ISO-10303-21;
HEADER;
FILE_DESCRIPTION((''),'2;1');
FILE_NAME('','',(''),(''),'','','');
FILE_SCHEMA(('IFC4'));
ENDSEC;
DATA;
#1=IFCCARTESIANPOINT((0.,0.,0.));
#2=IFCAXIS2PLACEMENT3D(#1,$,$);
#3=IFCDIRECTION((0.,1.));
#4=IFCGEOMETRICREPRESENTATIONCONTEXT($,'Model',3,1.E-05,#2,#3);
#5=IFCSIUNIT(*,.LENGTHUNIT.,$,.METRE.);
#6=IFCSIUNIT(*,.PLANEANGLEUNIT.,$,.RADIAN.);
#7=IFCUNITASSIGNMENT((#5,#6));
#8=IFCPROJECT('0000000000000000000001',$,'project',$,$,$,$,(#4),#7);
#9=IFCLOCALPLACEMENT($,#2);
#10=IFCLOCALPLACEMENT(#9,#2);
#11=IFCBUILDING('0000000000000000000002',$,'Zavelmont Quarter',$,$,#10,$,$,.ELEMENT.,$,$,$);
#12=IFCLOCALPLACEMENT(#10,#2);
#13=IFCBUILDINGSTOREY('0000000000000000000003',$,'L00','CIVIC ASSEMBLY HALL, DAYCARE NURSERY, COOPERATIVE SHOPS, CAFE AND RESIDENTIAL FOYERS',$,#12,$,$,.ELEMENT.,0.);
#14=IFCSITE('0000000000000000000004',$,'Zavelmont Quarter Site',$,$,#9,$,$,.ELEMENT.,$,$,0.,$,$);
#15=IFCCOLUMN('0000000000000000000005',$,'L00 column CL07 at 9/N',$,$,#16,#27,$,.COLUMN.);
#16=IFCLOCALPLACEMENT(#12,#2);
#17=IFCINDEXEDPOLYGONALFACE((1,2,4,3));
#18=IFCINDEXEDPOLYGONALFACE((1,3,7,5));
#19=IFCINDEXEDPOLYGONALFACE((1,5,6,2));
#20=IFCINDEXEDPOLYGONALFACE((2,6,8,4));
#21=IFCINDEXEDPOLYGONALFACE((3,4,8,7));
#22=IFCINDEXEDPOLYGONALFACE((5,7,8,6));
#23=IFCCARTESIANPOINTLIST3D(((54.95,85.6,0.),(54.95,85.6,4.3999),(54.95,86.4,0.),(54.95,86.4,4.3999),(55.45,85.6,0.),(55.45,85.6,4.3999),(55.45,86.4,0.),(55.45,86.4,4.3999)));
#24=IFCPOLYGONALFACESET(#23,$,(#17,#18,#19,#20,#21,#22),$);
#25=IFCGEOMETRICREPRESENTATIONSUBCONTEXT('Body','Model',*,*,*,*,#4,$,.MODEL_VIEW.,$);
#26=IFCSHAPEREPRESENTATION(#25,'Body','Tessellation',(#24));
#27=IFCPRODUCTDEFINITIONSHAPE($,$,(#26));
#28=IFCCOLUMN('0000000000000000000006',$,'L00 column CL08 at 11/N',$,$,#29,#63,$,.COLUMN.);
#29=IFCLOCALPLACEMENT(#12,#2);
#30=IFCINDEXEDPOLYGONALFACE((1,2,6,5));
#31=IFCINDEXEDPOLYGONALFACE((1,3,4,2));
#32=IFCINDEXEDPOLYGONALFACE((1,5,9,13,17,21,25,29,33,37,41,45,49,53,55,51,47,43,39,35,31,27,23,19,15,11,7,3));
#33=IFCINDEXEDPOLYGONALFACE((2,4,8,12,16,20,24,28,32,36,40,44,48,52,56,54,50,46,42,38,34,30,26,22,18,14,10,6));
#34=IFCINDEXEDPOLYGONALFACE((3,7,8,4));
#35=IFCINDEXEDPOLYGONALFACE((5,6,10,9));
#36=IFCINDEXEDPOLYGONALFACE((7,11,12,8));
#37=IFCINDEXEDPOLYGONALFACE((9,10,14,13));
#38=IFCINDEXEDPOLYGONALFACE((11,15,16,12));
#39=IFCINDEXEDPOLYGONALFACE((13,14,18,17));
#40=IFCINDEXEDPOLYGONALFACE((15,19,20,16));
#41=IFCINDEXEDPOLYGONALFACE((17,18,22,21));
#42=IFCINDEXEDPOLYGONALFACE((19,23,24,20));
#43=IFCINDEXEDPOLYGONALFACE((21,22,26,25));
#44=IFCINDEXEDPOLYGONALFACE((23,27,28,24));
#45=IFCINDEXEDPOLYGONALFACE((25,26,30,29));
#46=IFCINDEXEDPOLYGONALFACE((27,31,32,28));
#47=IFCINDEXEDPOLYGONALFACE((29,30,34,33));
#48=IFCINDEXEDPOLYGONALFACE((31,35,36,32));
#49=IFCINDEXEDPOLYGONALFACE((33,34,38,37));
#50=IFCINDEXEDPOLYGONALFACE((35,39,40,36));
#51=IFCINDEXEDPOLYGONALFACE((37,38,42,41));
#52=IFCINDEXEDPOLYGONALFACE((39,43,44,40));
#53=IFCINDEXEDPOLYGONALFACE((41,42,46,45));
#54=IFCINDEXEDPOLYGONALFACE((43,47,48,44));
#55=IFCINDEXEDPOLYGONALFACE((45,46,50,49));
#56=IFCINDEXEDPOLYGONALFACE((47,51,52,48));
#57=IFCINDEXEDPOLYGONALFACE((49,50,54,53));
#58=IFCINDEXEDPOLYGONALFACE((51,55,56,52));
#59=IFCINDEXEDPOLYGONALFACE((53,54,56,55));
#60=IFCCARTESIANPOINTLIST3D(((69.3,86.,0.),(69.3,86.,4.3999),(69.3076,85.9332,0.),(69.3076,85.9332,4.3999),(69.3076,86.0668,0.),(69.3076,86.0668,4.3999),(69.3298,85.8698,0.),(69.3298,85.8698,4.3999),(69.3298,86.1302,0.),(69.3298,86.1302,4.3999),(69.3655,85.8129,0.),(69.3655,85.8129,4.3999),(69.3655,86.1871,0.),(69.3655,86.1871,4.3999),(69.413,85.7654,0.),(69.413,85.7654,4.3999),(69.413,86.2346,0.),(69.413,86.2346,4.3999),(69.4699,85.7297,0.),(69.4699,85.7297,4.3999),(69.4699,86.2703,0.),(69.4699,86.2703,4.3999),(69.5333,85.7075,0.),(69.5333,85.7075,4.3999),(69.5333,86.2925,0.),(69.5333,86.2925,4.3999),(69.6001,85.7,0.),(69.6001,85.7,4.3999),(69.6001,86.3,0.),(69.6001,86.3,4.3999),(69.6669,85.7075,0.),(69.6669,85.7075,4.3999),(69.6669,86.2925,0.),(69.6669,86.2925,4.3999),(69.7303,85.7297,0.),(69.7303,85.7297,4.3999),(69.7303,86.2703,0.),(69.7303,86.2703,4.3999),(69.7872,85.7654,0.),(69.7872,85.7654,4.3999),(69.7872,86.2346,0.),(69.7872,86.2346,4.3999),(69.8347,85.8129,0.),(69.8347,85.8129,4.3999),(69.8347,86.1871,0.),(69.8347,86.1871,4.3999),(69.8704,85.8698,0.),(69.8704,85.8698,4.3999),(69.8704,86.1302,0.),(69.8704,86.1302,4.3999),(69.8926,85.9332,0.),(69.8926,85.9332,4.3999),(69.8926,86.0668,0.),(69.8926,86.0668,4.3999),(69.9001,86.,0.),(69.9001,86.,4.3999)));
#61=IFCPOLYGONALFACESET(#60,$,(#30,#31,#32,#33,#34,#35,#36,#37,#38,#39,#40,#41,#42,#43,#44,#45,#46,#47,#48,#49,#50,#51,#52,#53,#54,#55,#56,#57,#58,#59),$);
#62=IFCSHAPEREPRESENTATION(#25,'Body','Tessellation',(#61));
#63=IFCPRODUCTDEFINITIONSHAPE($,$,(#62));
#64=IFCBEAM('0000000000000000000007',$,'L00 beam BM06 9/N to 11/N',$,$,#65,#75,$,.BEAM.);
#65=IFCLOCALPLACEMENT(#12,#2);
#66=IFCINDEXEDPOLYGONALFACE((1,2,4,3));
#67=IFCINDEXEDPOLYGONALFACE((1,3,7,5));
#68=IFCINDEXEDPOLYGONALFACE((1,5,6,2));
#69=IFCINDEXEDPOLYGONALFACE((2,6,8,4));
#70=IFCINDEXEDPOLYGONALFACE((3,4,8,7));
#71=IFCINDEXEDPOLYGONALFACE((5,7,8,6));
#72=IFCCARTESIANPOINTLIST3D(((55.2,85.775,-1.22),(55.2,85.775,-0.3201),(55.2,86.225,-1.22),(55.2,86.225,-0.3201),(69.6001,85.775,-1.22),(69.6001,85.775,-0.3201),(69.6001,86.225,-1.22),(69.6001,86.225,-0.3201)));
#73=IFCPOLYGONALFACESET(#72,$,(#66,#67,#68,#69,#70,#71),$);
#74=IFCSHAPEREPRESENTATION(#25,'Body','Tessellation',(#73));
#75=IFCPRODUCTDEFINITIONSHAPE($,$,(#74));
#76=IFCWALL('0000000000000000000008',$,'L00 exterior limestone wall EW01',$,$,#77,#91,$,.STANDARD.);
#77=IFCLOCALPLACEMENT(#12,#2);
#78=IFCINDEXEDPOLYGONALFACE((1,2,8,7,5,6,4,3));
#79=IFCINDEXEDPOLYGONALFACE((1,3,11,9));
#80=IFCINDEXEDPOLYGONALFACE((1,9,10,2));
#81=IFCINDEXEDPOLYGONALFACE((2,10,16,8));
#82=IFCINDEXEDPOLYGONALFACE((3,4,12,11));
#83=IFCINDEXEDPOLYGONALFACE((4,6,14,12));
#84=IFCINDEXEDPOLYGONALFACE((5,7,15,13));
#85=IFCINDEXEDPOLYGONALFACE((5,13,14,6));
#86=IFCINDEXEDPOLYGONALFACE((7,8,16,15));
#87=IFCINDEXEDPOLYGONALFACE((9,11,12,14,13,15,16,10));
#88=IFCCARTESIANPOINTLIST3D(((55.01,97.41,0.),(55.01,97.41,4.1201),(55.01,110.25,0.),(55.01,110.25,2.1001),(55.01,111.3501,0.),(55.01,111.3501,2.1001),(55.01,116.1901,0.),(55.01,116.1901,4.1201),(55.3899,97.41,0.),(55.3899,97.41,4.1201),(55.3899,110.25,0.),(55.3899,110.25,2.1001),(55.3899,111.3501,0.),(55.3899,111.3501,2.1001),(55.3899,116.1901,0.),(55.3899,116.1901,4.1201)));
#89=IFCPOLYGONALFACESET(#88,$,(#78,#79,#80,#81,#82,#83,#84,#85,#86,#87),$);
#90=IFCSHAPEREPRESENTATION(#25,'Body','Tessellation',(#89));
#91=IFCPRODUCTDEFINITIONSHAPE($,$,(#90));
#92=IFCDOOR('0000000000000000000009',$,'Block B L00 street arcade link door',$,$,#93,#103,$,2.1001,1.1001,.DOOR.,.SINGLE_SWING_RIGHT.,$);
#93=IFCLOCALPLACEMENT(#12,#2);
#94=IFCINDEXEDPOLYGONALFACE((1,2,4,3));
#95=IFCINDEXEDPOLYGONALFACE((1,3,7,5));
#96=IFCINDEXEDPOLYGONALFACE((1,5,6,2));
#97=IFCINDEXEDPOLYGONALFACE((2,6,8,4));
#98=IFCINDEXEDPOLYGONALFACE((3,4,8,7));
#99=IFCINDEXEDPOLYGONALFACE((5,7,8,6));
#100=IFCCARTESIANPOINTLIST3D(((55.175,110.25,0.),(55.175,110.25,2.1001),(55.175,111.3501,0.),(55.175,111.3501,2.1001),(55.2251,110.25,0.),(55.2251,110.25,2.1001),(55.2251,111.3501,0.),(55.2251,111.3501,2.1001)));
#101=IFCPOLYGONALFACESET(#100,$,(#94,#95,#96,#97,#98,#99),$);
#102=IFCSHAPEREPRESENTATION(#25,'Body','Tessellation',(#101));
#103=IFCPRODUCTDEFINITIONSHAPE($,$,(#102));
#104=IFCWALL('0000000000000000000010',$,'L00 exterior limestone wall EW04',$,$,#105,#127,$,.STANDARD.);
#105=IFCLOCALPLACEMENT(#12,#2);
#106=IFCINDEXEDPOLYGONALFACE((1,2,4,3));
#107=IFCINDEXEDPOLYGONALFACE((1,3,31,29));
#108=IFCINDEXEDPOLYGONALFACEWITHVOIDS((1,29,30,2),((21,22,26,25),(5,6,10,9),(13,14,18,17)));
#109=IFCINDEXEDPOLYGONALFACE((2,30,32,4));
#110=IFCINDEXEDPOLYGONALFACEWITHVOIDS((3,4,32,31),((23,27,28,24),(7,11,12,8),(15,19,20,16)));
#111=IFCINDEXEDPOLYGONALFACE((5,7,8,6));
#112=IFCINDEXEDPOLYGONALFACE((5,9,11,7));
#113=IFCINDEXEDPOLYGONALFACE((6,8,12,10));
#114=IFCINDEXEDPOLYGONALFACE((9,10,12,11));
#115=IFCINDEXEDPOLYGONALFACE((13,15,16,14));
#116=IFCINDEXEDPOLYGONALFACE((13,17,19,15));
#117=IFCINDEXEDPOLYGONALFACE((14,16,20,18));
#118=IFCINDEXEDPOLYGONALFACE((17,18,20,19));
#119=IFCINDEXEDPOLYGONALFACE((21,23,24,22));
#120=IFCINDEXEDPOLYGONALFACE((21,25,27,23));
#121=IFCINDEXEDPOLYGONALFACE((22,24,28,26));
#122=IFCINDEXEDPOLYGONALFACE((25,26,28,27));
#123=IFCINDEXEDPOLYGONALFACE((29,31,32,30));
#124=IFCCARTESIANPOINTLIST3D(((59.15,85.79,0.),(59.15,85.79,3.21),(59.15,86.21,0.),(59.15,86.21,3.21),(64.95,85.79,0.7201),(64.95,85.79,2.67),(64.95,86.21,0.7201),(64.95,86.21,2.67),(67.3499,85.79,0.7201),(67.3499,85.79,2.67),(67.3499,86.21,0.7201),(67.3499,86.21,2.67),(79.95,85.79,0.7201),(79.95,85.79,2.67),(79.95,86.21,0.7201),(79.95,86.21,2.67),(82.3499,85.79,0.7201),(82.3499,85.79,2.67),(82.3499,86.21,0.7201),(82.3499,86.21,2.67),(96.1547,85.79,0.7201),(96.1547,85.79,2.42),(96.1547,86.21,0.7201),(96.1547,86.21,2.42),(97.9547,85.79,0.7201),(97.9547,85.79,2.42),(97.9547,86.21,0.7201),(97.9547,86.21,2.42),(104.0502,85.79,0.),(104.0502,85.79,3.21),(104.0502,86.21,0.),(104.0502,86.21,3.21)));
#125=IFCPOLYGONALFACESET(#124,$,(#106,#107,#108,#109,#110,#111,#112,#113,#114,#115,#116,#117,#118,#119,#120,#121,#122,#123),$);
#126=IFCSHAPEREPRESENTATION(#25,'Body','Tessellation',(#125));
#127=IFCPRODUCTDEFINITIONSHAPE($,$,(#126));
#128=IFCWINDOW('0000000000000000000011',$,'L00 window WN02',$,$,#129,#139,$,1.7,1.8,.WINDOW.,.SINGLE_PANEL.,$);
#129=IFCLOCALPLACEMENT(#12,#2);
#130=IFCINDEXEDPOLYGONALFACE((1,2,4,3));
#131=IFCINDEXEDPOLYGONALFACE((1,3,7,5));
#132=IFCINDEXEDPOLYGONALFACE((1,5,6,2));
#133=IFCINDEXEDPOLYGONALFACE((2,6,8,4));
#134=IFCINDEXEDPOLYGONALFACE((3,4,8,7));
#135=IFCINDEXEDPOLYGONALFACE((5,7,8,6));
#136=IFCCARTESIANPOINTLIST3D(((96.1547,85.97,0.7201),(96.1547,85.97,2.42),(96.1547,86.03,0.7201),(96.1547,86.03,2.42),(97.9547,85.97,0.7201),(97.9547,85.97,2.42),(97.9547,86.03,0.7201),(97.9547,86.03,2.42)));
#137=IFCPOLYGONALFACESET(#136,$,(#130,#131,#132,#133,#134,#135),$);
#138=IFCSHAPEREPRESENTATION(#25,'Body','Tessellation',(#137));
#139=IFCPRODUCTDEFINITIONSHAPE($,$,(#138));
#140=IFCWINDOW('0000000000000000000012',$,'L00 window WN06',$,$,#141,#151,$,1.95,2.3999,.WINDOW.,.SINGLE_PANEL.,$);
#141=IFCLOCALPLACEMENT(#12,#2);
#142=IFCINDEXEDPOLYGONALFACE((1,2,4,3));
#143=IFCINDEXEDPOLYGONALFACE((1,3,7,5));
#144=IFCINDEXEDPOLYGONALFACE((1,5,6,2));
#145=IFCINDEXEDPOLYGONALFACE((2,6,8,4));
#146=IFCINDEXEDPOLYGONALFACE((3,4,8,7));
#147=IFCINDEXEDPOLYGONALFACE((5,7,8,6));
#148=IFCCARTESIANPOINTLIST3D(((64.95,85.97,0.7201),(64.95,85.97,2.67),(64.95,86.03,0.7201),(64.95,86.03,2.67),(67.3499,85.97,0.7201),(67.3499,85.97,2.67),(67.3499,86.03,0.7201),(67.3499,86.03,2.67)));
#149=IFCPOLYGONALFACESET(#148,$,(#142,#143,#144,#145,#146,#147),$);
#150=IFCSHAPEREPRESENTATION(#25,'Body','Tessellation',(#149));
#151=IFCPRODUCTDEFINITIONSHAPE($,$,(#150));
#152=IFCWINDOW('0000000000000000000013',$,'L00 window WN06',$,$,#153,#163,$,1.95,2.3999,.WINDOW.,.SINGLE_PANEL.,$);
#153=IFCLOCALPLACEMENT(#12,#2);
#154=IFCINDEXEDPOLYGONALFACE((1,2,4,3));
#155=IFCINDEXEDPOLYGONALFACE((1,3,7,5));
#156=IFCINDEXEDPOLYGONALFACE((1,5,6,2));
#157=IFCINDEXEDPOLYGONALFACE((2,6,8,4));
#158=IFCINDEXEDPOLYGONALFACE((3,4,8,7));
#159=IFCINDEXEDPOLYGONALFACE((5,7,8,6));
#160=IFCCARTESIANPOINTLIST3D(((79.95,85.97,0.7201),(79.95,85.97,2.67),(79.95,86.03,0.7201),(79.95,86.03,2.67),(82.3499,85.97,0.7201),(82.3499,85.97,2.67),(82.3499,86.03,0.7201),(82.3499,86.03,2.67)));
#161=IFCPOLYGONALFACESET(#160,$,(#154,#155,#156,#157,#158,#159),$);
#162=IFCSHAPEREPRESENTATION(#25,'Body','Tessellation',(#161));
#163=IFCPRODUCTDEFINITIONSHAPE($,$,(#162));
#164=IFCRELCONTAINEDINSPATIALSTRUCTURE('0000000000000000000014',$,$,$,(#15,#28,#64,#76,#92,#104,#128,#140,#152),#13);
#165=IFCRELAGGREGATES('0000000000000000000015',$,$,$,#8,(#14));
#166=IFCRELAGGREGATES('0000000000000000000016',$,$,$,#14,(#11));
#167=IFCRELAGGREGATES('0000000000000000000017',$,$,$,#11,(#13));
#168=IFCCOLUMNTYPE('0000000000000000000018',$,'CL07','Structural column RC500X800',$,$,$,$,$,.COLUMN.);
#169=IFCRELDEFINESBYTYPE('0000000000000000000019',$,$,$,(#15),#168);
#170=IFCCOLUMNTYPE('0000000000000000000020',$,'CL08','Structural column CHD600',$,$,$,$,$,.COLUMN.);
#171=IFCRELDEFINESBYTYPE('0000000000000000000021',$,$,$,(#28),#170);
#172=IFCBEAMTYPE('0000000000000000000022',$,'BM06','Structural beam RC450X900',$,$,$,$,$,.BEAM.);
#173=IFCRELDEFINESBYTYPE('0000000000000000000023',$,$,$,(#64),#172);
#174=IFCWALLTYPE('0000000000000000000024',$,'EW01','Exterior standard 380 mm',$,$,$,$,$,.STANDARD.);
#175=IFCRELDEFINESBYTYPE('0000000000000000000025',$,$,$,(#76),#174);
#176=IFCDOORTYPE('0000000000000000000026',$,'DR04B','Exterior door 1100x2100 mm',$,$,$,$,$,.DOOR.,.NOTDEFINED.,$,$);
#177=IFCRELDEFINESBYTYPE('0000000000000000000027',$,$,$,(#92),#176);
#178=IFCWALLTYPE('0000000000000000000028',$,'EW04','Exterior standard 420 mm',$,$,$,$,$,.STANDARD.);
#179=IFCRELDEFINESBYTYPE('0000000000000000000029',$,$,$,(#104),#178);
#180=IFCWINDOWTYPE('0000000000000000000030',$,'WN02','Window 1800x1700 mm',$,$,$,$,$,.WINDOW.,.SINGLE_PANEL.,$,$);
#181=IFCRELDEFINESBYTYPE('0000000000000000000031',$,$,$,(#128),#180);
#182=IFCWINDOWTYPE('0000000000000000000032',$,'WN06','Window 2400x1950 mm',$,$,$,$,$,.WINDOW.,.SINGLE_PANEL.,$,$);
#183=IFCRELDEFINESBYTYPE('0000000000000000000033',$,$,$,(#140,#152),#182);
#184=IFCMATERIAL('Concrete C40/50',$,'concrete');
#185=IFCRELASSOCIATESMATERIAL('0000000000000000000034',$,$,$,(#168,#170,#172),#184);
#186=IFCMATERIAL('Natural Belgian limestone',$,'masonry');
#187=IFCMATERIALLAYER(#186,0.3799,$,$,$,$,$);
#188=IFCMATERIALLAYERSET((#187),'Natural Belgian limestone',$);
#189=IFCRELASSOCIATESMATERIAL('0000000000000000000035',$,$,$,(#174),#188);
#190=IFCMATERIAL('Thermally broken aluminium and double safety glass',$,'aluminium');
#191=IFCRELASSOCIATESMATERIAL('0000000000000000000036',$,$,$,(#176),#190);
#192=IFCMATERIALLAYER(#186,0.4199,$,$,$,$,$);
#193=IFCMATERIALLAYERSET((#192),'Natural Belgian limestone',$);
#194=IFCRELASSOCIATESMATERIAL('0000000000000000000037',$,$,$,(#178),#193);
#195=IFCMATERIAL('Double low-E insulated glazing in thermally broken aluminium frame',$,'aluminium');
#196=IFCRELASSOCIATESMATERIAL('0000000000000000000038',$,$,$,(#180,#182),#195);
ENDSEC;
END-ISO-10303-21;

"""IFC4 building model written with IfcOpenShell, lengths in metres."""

from ifc_helpers import new_model, si_unit, direction, frame, frame_2d, origin, origin_with_axes, origin_2d, place, context, subcontext, project, spatial, rectangle, circle, extrude, material, layer, layer_set, material_profile, profile_set, type_object, element, fill, save


model = new_model("IFC4")

# Units and contexts
model_context = context("Model", 3, precision=1e-05, world=origin(), true_north=direction((0.0, 1.0)))
body_context = subcontext(model_context, "Body", "Model", "MODEL_VIEW")
ifc_project = project(units=[si_unit("LENGTHUNIT", "METRE"), si_unit("PLANEANGLEUNIT", "RADIAN")], contexts=[model_context])

# Site, building, storey
site_placement = place(None, origin())
site = spatial("IfcSite", under=ifc_project, at=site_placement, Name="Zavelmont Quarter Site", CompositionType="ELEMENT", RefElevation=0.0)
building_placement = place(site_placement, origin())
building = spatial("IfcBuilding", under=site, at=building_placement, Name="Zavelmont Quarter", CompositionType="ELEMENT")
storey_placement = place(building_placement, origin())
storey = spatial("IfcBuildingStorey", under=building, at=storey_placement, Name="L00", Description="CIVIC ASSEMBLY HALL, DAYCARE NURSERY, COOPERATIVE SHOPS, CAFE AND RESIDENTIAL FOYERS", CompositionType="ELEMENT", Elevation=0.0)

# Columns
ifc_material_1 = material(Name="Concrete C40/50", Category="concrete")
ifc_material_profile_1 = material_profile(ifc_material_1, rectangle(XDim=0.5, YDim=0.8, at=origin_2d()), Name="RC500X800")
ifc_profile_set_1 = profile_set([ifc_material_profile_1], Name="Concrete C40/50")
column_type_1 = type_object("IfcColumnType", Name="CL07", Description="Structural column RC500X800", PredefinedType="COLUMN", material=ifc_profile_set_1)
column_1_placement = place(storey_placement, frame((55.2, 86.0, 0.0), z_axis=(0.0, 0.0, 1.0), x_axis=(1.0, 0.0, 0.0)))
element("IfcColumn", 1, at=column_1_placement, inside=storey, type_object=column_type_1, Name="L00 column CL07 at 9/N", PredefinedType="COLUMN", context=body_context, shape_type="SweptSolid", body=[
    extrude(rectangle(XDim=0.5, YDim=0.8, at=origin_2d()), origin(), (0.0, 0.0, 1.0), 4.3999),
])
ifc_material_profile_2 = material_profile(ifc_material_1, circle(Radius=0.3, at=origin_2d()), Name="CHD600")
ifc_profile_set_2 = profile_set([ifc_material_profile_2], Name="Concrete C40/50")
column_type_2 = type_object("IfcColumnType", Name="CL08", Description="Structural column CHD600", PredefinedType="COLUMN", material=ifc_profile_set_2)
column_2_placement = place(storey_placement, frame((69.6001, 86.0, 0.0), z_axis=(0.0, 0.0, 1.0), x_axis=(1.0, 0.0, 0.0)))
element("IfcColumn", 2, at=column_2_placement, inside=storey, type_object=column_type_2, Name="L00 column CL08 at 11/N", PredefinedType="COLUMN", context=body_context, shape_type="SweptSolid", body=[
    extrude(circle(Radius=0.3, at=origin_2d()), origin(), (0.0, 0.0, 1.0), 4.3999),
])

# Beam
ifc_material_profile_3 = material_profile(ifc_material_1, rectangle(XDim=0.45, YDim=0.8999, at=origin_2d()), Name="RC450X900")
ifc_profile_set_3 = profile_set([ifc_material_profile_3], Name="Concrete C40/50")
beam_type = type_object("IfcBeamType", Name="BM06", Description="Structural beam RC450X900", PredefinedType="BEAM", material=ifc_profile_set_3)
beam_placement = place(storey_placement, frame((55.2, 86.0, -0.77), z_axis=(1.0, 0.0, 0.0), x_axis=(0.0, 1.0, 0.0)))
element("IfcBeam", 3, at=beam_placement, inside=storey, type_object=beam_type, Name="L00 beam BM06 9/N to 11/N", PredefinedType="BEAM", context=body_context, shape_type="SweptSolid", body=[
    extrude(rectangle(XDim=0.45, YDim=0.8999, at=origin_2d()), origin(), (0.0, 0.0, 1.0), 14.4001),
])

# Wall, opening, door
ifc_material_2 = material(Name="Natural Belgian limestone", Category="masonry")
ifc_layer_1 = layer(ifc_material_2, 0.3799)
ifc_layer_set_1 = layer_set([ifc_layer_1], Name="Natural Belgian limestone")
wall_type_1 = type_object("IfcWallType", Name="EW01", Description="Exterior standard 380 mm", PredefinedType="STANDARD", material=ifc_layer_set_1)
wall_1_placement = place(storey_placement, frame((55.2, 97.4099, 0.0), z_axis=(0.0, 0.0, 1.0), x_axis=(0.0, 1.0, 0.0)))
wall_1 = element("IfcWall", 4, at=wall_1_placement, inside=storey, type_object=wall_type_1, Name="L00 exterior limestone wall EW01", PredefinedType="STANDARD", context=body_context, shape_type="SweptSolid", body=[
    extrude(rectangle(XDim=18.78, YDim=0.3799, at=frame_2d((9.3901, 0.0))), origin(), (0.0, 0.0, 1.0), 4.1201),
])
opening_1_placement = place(wall_1_placement, frame((12.8401, 0.0, 0.0)))
opening_1 = element("IfcOpeningElement", 5, at=opening_1_placement, cuts=wall_1, PredefinedType="OPENING", context=body_context, shape_type="SweptSolid", body=[
    extrude(rectangle(XDim=1.1001, YDim=2.1001, at=frame_2d((0.55, 1.05))), frame((0.0, 0.2019, 0.0), z_axis=(0.0, -1.0, 0.0), x_axis=(1.0, 0.0, 0.0)), (0.0, 0.0, 1.0), 0.4038),
])
ifc_material_3 = material(Name="Thermally broken aluminium and double safety glass", Category="aluminium")
door_type_1 = type_object("IfcDoorType", Name="DR04B", Description="Exterior door 1100x2100 mm", OperationType="NOTDEFINED", PredefinedType="DOOR", material=ifc_material_3)
door_1_placement = place(opening_1_placement, origin_with_axes())
door_1 = element("IfcDoor", 6, at=door_1_placement, inside=storey, type_object=door_type_1, Name="Block B L00 street arcade link door", OperationType="SINGLE_SWING_RIGHT", OverallHeight=2.1001, OverallWidth=1.1001, PredefinedType="DOOR", context=body_context, shape_type="SweptSolid", body=[
    extrude(rectangle(XDim=1.1001, YDim=2.1001, at=frame_2d((0.55, 1.05))), frame((0.0, 0.0249, 0.0), z_axis=(0.0, -1.0, 0.0), x_axis=(1.0, 0.0, 0.0)), (0.0, 0.0, 1.0), 0.05),
])
fill(opening_1, door_1)

# Wall, openings, windows
ifc_layer_2 = layer(ifc_material_2, 0.4199)
ifc_layer_set_2 = layer_set([ifc_layer_2], Name="Natural Belgian limestone")
wall_type_2 = type_object("IfcWallType", Name="EW04", Description="Exterior standard 420 mm", PredefinedType="STANDARD", material=ifc_layer_set_2)
wall_2_placement = place(storey_placement, frame((59.1499, 86.0, 0.0), z_axis=(0.0, 0.0, 1.0), x_axis=(1.0, 0.0, 0.0)))
wall_2 = element("IfcWall", 7, at=wall_2_placement, inside=storey, type_object=wall_type_2, Name="L00 exterior limestone wall EW04", PredefinedType="STANDARD", context=body_context, shape_type="SweptSolid", body=[
    extrude(rectangle(XDim=44.9001, YDim=0.4199, at=frame_2d((22.4502, 0.0))), origin(), (0.0, 0.0, 1.0), 3.21),
])
opening_2_placement = place(wall_2_placement, frame((5.8, 0.0, 0.72)))
opening_2 = element("IfcOpeningElement", 8, at=opening_2_placement, cuts=wall_2, PredefinedType="OPENING", context=body_context, shape_type="SweptSolid", body=[
    extrude(rectangle(XDim=2.3999, YDim=1.95, at=frame_2d((1.2, 0.9751))), frame((0.0, 0.2219, 0.0), z_axis=(0.0, -1.0, 0.0), x_axis=(1.0, 0.0, 0.0)), (0.0, 0.0, 1.0), 0.4438),
])
opening_3_placement = place(wall_2_placement, frame((20.8, 0.0, 0.72)))
opening_3 = element("IfcOpeningElement", 9, at=opening_3_placement, cuts=wall_2, PredefinedType="OPENING", context=body_context, shape_type="SweptSolid", body=[
    extrude(rectangle(XDim=2.3999, YDim=1.95, at=frame_2d((1.2, 0.9751))), frame((0.0, 0.2219, 0.0), z_axis=(0.0, -1.0, 0.0), x_axis=(1.0, 0.0, 0.0)), (0.0, 0.0, 1.0), 0.4438),
])
opening_4_placement = place(wall_2_placement, frame((37.0049, 0.0, 0.72)))
opening_4 = element("IfcOpeningElement", 10, at=opening_4_placement, cuts=wall_2, PredefinedType="OPENING", context=body_context, shape_type="SweptSolid", body=[
    extrude(rectangle(XDim=1.8, YDim=1.7, at=frame_2d((0.8999, 0.8501))), frame((0.0, 0.2219, 0.0), z_axis=(0.0, -1.0, 0.0), x_axis=(1.0, 0.0, 0.0)), (0.0, 0.0, 1.0), 0.4438),
])
ifc_material_4 = material(Name="Double low-E insulated glazing in thermally broken aluminium frame", Category="aluminium")
window_type_1 = type_object("IfcWindowType", Name="WN02", Description="Window 1800x1700 mm", PartitioningType="SINGLE_PANEL", PredefinedType="WINDOW", material=ifc_material_4)
window_1_placement = place(opening_4_placement, origin_with_axes())
window_1 = element("IfcWindow", 11, at=window_1_placement, inside=storey, type_object=window_type_1, Name="L00 window WN02", OverallHeight=1.7, OverallWidth=1.8, PartitioningType="SINGLE_PANEL", PredefinedType="WINDOW", context=body_context, shape_type="SweptSolid", body=[
    extrude(rectangle(XDim=1.8, YDim=1.7, at=frame_2d((0.8999, 0.8501))), frame((0.0, 0.03, 0.0), z_axis=(0.0, -1.0, 0.0), x_axis=(1.0, 0.0, 0.0)), (0.0, 0.0, 1.0), 0.0601),
])
fill(opening_4, window_1)
window_type_2 = type_object("IfcWindowType", Name="WN06", Description="Window 2400x1950 mm", PartitioningType="SINGLE_PANEL", PredefinedType="WINDOW", material=ifc_material_4)
window_2_placement = place(opening_2_placement, origin_with_axes())
window_2 = element("IfcWindow", 12, at=window_2_placement, inside=storey, type_object=window_type_2, Name="L00 window WN06", OverallHeight=1.95, OverallWidth=2.3999, PartitioningType="SINGLE_PANEL", PredefinedType="WINDOW", context=body_context, shape_type="SweptSolid", body=[
    extrude(rectangle(XDim=2.3999, YDim=1.95, at=frame_2d((1.2, 0.9751))), frame((0.0, 0.03, 0.0), z_axis=(0.0, -1.0, 0.0), x_axis=(1.0, 0.0, 0.0)), (0.0, 0.0, 1.0), 0.0601),
])
fill(opening_2, window_2)
window_3_placement = place(opening_3_placement, origin_with_axes())
window_3 = element("IfcWindow", 13, at=window_3_placement, inside=storey, type_object=window_type_2, Name="L00 window WN06", OverallHeight=1.95, OverallWidth=2.3999, PartitioningType="SINGLE_PANEL", PredefinedType="WINDOW", context=body_context, shape_type="SweptSolid", body=[
    extrude(rectangle(XDim=2.3999, YDim=1.95, at=frame_2d((1.2, 0.9751))), frame((0.0, 0.03, 0.0), z_axis=(0.0, -1.0, 0.0), x_axis=(1.0, 0.0, 0.0)), (0.0, 0.0, 1.0), 0.0601),
])
fill(opening_3, window_3)

save(model, "model.ifc")
